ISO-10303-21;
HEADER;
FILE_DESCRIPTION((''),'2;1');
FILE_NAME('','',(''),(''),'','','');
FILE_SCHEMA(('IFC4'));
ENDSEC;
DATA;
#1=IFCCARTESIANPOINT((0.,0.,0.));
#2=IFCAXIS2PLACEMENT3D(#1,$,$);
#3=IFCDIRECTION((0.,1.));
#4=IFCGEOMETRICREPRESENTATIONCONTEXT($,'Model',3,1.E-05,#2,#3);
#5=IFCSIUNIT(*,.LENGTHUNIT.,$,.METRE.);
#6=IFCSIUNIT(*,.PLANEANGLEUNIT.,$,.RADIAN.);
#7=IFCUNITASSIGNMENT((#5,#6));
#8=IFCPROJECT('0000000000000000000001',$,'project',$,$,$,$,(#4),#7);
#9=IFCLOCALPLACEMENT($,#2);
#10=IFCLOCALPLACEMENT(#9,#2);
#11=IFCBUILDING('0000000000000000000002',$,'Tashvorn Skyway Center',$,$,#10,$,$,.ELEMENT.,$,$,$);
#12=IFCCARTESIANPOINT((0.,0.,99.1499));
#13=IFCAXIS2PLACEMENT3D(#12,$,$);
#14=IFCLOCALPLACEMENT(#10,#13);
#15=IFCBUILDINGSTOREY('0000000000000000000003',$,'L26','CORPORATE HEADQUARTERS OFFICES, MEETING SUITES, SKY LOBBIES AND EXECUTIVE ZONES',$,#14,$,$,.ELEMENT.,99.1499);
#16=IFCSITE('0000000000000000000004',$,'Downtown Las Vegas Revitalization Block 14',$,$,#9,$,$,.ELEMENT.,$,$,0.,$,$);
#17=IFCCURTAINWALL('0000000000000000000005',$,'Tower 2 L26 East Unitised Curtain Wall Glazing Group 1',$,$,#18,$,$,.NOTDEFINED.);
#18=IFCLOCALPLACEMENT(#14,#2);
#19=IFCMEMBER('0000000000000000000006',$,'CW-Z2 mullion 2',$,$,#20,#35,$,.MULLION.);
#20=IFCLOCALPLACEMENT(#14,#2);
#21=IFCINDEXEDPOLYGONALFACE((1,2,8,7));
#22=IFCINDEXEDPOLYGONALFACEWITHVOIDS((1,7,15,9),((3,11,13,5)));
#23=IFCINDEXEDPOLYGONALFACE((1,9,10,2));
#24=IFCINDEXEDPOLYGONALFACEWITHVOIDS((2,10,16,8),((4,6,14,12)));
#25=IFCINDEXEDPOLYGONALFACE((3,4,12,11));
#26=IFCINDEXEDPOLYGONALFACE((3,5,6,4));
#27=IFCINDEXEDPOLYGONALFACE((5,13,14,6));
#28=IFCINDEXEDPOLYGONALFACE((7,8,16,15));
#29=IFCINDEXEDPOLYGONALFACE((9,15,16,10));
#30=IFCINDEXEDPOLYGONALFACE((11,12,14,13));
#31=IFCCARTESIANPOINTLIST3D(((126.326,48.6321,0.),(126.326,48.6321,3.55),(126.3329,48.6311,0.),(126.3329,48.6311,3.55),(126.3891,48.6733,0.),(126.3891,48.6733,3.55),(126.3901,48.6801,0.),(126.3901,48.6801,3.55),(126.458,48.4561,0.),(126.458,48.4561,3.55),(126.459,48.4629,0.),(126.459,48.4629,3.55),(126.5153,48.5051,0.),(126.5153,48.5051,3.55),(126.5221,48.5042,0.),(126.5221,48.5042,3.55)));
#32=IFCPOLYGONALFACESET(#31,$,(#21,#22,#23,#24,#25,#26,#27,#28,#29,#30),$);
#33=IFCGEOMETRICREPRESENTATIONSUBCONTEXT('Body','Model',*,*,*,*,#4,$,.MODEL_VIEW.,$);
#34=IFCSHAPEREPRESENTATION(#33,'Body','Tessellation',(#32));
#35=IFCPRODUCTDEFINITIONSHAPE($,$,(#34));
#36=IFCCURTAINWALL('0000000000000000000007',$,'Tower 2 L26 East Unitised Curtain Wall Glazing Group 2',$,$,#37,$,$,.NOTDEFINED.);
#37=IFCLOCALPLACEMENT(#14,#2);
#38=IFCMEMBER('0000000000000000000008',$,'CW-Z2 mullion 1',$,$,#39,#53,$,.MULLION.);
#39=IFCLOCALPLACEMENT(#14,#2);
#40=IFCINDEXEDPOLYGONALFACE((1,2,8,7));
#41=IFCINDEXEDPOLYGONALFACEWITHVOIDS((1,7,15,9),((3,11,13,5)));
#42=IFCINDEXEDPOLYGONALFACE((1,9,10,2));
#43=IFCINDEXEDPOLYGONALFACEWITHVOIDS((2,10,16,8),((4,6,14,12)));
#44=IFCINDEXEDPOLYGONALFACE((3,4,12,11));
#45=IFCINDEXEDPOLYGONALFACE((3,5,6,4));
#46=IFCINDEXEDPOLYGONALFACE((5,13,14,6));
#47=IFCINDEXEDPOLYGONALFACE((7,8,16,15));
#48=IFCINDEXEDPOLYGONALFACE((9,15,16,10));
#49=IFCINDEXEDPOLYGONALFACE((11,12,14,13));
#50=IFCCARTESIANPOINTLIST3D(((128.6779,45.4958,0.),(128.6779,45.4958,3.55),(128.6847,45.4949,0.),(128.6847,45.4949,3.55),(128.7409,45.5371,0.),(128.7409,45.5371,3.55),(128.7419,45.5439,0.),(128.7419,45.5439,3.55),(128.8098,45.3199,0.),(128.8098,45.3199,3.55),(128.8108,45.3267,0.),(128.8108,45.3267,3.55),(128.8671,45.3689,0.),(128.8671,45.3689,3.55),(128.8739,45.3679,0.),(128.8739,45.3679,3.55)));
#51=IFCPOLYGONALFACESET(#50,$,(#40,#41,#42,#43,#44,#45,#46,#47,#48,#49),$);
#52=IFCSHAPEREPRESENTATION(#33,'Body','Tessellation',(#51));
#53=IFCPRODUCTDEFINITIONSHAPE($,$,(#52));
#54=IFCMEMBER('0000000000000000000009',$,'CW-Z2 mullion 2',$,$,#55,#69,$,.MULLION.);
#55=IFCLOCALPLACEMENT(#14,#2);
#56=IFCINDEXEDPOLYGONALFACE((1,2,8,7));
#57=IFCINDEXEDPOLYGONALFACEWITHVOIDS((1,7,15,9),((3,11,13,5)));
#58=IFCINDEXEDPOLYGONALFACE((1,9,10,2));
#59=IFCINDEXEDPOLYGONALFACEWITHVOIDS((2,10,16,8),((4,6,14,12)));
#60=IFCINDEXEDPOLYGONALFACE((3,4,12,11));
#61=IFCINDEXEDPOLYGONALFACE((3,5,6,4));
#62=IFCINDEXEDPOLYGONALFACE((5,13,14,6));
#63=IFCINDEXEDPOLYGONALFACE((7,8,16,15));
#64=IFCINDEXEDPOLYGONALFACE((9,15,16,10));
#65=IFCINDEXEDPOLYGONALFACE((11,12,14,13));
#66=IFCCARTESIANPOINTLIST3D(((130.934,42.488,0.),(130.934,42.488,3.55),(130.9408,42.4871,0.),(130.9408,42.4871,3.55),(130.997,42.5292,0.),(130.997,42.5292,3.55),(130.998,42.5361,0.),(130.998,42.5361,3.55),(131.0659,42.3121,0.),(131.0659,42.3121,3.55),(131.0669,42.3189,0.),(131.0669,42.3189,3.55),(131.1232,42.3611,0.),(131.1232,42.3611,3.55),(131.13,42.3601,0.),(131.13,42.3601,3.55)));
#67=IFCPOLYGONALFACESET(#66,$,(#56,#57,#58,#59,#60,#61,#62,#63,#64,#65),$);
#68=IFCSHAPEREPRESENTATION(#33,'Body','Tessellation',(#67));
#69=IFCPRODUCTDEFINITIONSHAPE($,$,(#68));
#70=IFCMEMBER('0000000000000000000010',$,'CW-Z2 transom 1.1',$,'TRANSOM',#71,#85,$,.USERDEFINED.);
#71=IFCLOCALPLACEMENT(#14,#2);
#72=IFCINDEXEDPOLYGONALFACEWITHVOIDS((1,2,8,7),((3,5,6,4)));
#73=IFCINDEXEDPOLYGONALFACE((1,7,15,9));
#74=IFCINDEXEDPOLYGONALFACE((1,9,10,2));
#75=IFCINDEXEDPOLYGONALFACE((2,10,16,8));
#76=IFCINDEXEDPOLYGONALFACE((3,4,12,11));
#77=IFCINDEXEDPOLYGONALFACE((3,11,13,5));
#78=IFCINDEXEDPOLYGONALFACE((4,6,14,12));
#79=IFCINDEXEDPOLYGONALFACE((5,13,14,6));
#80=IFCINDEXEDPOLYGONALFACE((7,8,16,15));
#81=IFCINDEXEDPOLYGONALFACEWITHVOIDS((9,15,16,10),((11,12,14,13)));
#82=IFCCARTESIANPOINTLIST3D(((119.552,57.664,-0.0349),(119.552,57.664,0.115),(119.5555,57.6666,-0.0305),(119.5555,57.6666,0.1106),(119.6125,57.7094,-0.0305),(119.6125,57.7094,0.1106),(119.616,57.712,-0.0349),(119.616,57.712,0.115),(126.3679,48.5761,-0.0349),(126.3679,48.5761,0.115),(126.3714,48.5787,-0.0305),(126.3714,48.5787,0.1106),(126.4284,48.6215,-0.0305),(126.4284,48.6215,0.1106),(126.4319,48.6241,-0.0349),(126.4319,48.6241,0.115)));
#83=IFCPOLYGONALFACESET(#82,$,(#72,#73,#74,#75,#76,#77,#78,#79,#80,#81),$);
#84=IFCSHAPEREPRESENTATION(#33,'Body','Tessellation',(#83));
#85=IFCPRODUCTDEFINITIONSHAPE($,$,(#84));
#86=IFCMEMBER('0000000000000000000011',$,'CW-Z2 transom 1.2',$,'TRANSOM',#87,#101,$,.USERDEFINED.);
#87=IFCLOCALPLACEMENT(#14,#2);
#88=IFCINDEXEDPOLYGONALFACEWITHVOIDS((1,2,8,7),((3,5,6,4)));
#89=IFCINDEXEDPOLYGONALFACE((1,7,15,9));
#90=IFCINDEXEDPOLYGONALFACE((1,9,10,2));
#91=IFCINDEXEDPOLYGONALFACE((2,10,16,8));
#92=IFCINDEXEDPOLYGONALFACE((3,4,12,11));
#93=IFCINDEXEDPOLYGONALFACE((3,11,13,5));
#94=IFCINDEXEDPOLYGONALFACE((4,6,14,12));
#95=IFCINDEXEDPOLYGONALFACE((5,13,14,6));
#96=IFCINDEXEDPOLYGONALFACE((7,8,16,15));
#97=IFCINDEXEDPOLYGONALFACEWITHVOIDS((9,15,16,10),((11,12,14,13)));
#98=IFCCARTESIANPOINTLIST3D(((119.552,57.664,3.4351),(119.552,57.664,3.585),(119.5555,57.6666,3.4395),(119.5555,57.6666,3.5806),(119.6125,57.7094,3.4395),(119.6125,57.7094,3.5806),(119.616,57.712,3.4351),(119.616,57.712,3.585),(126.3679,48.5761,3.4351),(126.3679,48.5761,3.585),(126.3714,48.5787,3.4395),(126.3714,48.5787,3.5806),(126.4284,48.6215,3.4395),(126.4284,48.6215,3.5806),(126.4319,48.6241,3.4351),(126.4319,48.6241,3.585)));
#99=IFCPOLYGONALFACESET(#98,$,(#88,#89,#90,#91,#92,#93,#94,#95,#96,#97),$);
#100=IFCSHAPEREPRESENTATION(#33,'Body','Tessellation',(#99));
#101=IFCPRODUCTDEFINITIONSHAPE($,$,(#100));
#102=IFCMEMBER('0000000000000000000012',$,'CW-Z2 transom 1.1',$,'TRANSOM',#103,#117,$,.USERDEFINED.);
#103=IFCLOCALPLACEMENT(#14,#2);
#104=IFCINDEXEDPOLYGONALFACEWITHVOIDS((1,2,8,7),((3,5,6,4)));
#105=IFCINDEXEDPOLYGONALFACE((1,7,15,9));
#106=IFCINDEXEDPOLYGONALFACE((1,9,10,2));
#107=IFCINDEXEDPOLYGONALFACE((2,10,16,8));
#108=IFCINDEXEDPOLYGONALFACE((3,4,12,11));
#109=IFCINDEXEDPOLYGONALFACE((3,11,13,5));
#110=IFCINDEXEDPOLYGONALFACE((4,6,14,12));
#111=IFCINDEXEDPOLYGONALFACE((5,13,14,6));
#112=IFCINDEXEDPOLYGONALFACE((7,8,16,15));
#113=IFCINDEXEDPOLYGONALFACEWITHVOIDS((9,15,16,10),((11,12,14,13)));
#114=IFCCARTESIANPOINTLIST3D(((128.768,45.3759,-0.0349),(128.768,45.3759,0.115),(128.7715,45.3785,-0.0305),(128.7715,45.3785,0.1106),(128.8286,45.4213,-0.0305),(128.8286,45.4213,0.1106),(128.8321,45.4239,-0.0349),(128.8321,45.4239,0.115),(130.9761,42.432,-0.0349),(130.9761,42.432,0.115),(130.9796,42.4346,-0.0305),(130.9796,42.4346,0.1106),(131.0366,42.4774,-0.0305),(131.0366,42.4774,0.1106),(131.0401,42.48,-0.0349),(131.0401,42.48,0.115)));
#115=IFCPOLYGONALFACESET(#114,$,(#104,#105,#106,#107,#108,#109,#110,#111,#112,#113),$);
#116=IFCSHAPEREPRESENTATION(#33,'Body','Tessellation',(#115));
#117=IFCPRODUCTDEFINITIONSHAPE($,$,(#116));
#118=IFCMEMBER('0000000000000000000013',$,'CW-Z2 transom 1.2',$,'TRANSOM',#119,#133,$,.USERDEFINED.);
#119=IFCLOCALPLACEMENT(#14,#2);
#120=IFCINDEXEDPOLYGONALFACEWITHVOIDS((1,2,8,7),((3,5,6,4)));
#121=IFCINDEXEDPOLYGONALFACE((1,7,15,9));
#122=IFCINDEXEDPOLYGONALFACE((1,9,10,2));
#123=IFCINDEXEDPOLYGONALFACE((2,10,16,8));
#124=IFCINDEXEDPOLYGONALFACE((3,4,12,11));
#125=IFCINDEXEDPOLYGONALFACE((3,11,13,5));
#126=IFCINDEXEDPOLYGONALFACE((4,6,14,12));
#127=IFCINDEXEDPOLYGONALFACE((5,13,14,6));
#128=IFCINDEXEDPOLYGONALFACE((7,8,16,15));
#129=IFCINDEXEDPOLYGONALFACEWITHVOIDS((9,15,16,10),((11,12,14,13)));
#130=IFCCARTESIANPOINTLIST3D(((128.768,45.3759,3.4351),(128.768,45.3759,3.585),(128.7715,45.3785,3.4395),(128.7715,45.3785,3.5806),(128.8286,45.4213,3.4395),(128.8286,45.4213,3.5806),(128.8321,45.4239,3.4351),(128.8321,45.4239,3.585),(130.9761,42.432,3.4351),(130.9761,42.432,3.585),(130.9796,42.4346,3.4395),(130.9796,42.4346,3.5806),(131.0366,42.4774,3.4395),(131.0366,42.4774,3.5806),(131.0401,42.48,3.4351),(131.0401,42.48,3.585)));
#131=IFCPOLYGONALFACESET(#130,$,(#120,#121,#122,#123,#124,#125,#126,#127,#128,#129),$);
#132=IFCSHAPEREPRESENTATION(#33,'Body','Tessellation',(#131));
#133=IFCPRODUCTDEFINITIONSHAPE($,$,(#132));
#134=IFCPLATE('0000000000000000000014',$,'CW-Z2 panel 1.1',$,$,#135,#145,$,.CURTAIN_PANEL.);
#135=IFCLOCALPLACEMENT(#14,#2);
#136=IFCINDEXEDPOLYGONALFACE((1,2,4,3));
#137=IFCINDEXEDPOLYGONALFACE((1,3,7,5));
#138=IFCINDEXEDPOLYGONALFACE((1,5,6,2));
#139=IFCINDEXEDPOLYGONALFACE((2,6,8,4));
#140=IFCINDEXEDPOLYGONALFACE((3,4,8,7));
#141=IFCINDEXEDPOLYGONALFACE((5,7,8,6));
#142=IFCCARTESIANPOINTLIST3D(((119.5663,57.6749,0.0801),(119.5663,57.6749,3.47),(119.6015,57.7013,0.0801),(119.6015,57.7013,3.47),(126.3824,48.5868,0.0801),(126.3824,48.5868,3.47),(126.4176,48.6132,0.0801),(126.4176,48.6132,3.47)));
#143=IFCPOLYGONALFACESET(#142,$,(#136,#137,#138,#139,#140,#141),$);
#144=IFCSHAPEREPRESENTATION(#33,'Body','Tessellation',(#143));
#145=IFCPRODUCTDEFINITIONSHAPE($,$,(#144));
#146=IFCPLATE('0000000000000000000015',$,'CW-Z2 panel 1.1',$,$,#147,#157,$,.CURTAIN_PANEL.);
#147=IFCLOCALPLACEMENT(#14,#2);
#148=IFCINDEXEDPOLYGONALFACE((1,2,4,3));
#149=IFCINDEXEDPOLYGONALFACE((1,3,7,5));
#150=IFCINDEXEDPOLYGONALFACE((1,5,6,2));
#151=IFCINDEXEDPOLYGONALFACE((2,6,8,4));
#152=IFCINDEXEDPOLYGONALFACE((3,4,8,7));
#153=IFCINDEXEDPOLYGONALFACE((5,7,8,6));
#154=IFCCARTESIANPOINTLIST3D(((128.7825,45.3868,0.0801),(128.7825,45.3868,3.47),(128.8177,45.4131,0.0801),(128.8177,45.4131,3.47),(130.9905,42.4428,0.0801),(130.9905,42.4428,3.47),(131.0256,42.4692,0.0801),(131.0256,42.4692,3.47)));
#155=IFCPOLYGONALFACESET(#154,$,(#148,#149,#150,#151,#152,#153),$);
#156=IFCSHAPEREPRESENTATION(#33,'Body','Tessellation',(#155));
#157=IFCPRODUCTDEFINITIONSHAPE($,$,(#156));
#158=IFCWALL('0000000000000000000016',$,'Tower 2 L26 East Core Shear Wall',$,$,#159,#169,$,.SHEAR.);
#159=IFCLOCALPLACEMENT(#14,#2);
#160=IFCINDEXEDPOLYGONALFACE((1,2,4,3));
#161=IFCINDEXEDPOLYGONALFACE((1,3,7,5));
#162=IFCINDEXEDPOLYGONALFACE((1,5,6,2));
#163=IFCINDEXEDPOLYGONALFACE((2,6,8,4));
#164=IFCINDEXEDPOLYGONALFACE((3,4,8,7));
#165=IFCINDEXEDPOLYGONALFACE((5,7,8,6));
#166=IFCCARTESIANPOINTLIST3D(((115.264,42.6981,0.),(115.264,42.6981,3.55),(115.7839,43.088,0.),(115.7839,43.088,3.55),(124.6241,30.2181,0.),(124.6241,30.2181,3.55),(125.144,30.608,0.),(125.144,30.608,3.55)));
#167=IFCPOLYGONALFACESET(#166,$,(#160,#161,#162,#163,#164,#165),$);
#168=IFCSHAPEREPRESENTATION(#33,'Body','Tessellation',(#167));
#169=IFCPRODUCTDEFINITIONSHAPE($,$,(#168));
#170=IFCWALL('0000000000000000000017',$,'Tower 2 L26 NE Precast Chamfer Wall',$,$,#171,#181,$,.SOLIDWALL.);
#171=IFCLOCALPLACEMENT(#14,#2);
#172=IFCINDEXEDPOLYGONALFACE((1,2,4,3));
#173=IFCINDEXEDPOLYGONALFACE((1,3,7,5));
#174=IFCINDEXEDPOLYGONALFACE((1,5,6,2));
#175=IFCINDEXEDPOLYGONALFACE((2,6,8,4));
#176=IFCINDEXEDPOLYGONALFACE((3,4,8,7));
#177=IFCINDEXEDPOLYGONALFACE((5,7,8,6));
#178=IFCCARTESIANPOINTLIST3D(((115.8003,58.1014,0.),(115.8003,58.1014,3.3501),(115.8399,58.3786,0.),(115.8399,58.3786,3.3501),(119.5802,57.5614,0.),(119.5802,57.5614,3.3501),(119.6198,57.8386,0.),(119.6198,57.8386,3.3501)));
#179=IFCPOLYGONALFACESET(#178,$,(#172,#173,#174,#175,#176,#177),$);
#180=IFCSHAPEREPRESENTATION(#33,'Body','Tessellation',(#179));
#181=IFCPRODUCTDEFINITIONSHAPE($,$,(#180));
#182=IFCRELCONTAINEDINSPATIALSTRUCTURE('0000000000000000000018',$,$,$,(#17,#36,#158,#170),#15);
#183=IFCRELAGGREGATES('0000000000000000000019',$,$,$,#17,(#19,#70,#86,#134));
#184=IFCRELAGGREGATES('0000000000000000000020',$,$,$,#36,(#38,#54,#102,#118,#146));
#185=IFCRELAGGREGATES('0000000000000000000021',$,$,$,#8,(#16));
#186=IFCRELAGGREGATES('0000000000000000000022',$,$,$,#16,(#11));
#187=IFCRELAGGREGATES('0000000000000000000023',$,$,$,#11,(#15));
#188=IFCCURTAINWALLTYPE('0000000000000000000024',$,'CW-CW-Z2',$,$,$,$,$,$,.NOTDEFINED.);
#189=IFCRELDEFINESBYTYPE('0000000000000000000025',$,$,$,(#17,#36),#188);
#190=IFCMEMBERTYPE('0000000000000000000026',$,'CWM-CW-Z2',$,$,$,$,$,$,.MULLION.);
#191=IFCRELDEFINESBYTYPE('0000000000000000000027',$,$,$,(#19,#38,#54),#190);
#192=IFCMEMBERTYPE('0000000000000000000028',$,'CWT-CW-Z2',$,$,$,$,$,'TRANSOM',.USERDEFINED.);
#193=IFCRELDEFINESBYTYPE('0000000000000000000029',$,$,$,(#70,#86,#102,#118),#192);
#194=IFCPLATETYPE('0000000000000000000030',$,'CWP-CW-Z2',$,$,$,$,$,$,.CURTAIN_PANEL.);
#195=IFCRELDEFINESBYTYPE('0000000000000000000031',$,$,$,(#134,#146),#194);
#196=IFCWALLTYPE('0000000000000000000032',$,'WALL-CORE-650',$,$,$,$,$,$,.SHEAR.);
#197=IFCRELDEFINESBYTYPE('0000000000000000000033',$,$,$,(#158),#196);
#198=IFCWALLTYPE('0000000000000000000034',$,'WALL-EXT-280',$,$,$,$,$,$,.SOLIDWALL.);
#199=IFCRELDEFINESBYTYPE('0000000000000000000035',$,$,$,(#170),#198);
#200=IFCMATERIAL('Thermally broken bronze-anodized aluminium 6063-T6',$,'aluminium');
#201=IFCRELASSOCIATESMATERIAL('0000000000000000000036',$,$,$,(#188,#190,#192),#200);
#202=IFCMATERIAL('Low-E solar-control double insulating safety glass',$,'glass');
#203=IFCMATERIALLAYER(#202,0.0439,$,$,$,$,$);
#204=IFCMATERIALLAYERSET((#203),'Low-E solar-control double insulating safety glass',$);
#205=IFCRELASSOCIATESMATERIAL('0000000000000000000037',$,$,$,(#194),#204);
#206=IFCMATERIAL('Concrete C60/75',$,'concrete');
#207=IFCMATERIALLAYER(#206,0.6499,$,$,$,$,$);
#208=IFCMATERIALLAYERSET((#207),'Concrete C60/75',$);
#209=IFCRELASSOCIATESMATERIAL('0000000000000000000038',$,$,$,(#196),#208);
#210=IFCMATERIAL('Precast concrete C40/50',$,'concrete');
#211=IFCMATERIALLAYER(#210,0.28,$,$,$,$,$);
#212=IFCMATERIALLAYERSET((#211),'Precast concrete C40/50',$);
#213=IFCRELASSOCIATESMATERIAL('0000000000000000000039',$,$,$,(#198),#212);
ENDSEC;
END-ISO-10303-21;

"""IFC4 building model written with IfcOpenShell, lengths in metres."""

from ifc_helpers import new_model, si_unit, direction, frame, frame_2d, origin, origin_2d, place, context, subcontext, project, spatial, rectangle, hollow_rectangle, extrude, material, layer, layer_set, material_profile, profile_set, type_object, element, aggregate, save


model = new_model("IFC4")

# Units and contexts
model_context = context("Model", 3, precision=1e-05, world=origin(), true_north=direction((0.0, 1.0)))
body_context = subcontext(model_context, "Body", "Model", "MODEL_VIEW")
ifc_project = project(units=[si_unit("LENGTHUNIT", "METRE"), si_unit("PLANEANGLEUNIT", "RADIAN")], contexts=[model_context])

# Site, building, storey
site_placement = place(None, origin())
site = spatial("IfcSite", under=ifc_project, at=site_placement, Name="Downtown Las Vegas Revitalization Block 14", CompositionType="ELEMENT", RefElevation=0.0)
building_placement = place(site_placement, origin())
building = spatial("IfcBuilding", under=site, at=building_placement, Name="Tashvorn Skyway Center", CompositionType="ELEMENT")
storey_placement = place(building_placement, frame((0.0, 0.0, 99.1499)))
storey = spatial("IfcBuildingStorey", under=building, at=storey_placement, Name="L26", Description="CORPORATE HEADQUARTERS OFFICES, MEETING SUITES, SKY LOBBIES AND EXECUTIVE ZONES", CompositionType="ELEMENT", Elevation=99.1499)

# Shared definitions
ifc_material_1 = material(Name="Thermally broken bronze-anodized aluminium 6063-T6", Category="aluminium")
curtain_wall_type = type_object("IfcCurtainWallType", Name="CW-CW-Z2", PredefinedType="NOTDEFINED", material=ifc_material_1)
ifc_material_profile_1 = material_profile(ifc_material_1, hollow_rectangle(XDim=0.0801, YDim=0.22, WallThickness=0.0049, at=origin_2d()), Name="ALU-MULL-80x220")
ifc_profile_set_1 = profile_set([ifc_material_profile_1], Name="Thermally broken bronze-anodized aluminium 6063-T6")
member_type_1 = type_object("IfcMemberType", Name="CWM-CW-Z2", PredefinedType="MULLION", material=ifc_profile_set_1)

# Curtain walls, members
curtain_wall_1_placement = place(storey_placement, origin())
curtain_wall_1 = element("IfcCurtainWall", 1, at=curtain_wall_1_placement, inside=storey, type_object=curtain_wall_type, Name="Tower 2 L26 East Unitised Curtain Wall Glazing Group 1", PredefinedType="NOTDEFINED")
member_1_placement = place(storey_placement, frame((126.4241, 48.5681, 0.0), z_axis=(0.0, 0.0, 1.0), x_axis=(0.8, 0.6, 0.0)))
member_1 = element("IfcMember", 2, at=member_1_placement, type_object=member_type_1, Name="CW-Z2 mullion 2", PredefinedType="MULLION", context=body_context, shape_type="SweptSolid", body=[
    extrude(hollow_rectangle(XDim=0.0801, YDim=0.22, WallThickness=0.0049, at=origin_2d()), origin(), (0.0, 0.0, 1.0), 3.55),
])
curtain_wall_2_placement = place(storey_placement, origin())
curtain_wall_2 = element("IfcCurtainWall", 3, at=curtain_wall_2_placement, inside=storey, type_object=curtain_wall_type, Name="Tower 2 L26 East Unitised Curtain Wall Glazing Group 2", PredefinedType="NOTDEFINED")
member_2_placement = place(storey_placement, frame((128.7759, 45.4319, 0.0), z_axis=(0.0, 0.0, 1.0), x_axis=(0.8, 0.6, 0.0)))
member_2 = element("IfcMember", 4, at=member_2_placement, type_object=member_type_1, Name="CW-Z2 mullion 1", PredefinedType="MULLION", context=body_context, shape_type="SweptSolid", body=[
    extrude(hollow_rectangle(XDim=0.0801, YDim=0.22, WallThickness=0.0049, at=origin_2d()), origin(), (0.0, 0.0, 1.0), 3.55),
])
member_3_placement = place(storey_placement, frame((131.032, 42.4241, 0.0), z_axis=(0.0, 0.0, 1.0), x_axis=(0.8, 0.6, 0.0)))
member_3 = element("IfcMember", 5, at=member_3_placement, type_object=member_type_1, Name="CW-Z2 mullion 2", PredefinedType="MULLION", context=body_context, shape_type="SweptSolid", body=[
    extrude(hollow_rectangle(XDim=0.0801, YDim=0.22, WallThickness=0.0049, at=origin_2d()), origin(), (0.0, 0.0, 1.0), 3.55),
])

# Members
ifc_material_profile_2 = material_profile(ifc_material_1, hollow_rectangle(XDim=0.0801, YDim=0.1499, WallThickness=0.0044, at=origin_2d()), Name="ALU-TRAN-80x150")
ifc_profile_set_2 = profile_set([ifc_material_profile_2], Name="Thermally broken bronze-anodized aluminium 6063-T6")
member_type_2 = type_object("IfcMemberType", Name="CWT-CW-Z2", ElementType="TRANSOM", PredefinedType="USERDEFINED", material=ifc_profile_set_2)
member_4_placement = place(storey_placement, frame((119.584, 57.688, 0.04), z_axis=(0.6, -0.8, 0.0), x_axis=(0.8, 0.6, 0.0)))
member_4 = element("IfcMember", 6, at=member_4_placement, type_object=member_type_2, Name="CW-Z2 transom 1.1", ObjectType="TRANSOM", PredefinedType="USERDEFINED", context=body_context, shape_type="SweptSolid", body=[
    extrude(hollow_rectangle(XDim=0.0801, YDim=0.1499, WallThickness=0.0044, at=origin_2d()), origin(), (0.0, 0.0, 1.0), 11.3599),
])
member_5_placement = place(storey_placement, frame((119.584, 57.688, 3.51), z_axis=(0.6, -0.8, 0.0), x_axis=(0.8, 0.6, 0.0)))
member_5 = element("IfcMember", 7, at=member_5_placement, type_object=member_type_2, Name="CW-Z2 transom 1.2", ObjectType="TRANSOM", PredefinedType="USERDEFINED", context=body_context, shape_type="SweptSolid", body=[
    extrude(hollow_rectangle(XDim=0.0801, YDim=0.1499, WallThickness=0.0044, at=origin_2d()), origin(), (0.0, 0.0, 1.0), 11.3599),
])
member_6_placement = place(storey_placement, frame((128.8, 45.3999, 0.04), z_axis=(0.600021, -0.799984, 0.0), x_axis=(0.799984, 0.600021, 0.0)))
member_6 = element("IfcMember", 8, at=member_6_placement, type_object=member_type_2, Name="CW-Z2 transom 1.1", ObjectType="TRANSOM", PredefinedType="USERDEFINED", context=body_context, shape_type="SweptSolid", body=[
    extrude(hollow_rectangle(XDim=0.0801, YDim=0.1499, WallThickness=0.0044, at=origin_2d()), origin(), (0.0, 0.0, 1.0), 3.6799),
])
member_7_placement = place(storey_placement, frame((128.8, 45.3999, 3.51), z_axis=(0.600021, -0.799984, 0.0), x_axis=(0.799984, 0.600021, 0.0)))
member_7 = element("IfcMember", 9, at=member_7_placement, type_object=member_type_2, Name="CW-Z2 transom 1.2", ObjectType="TRANSOM", PredefinedType="USERDEFINED", context=body_context, shape_type="SweptSolid", body=[
    extrude(hollow_rectangle(XDim=0.0801, YDim=0.1499, WallThickness=0.0044, at=origin_2d()), origin(), (0.0, 0.0, 1.0), 3.6799),
])

# Plates
ifc_material_2 = material(Name="Low-E solar-control double insulating safety glass", Category="glass")
ifc_layer_1 = layer(ifc_material_2, 0.0439)
ifc_layer_set_1 = layer_set([ifc_layer_1], Name="Low-E solar-control double insulating safety glass")
plate_type = type_object("IfcPlateType", Name="CWP-CW-Z2", PredefinedType="CURTAIN_PANEL", material=ifc_layer_set_1)
plate_1_placement = place(storey_placement, frame((122.9919, 53.144, 0.0801), z_axis=(0.0, 0.0, 1.0), x_axis=(0.6, -0.8, 0.0)))
plate_1 = element("IfcPlate", 10, at=plate_1_placement, type_object=plate_type, Name="CW-Z2 panel 1.1", PredefinedType="CURTAIN_PANEL", context=body_context, shape_type="SweptSolid", body=[
    extrude(rectangle(XDim=11.3601, YDim=0.0439, at=origin_2d()), origin(), (0.0, 0.0, 1.0), 3.3899),
])
aggregate(curtain_wall_1, [member_1, member_4, member_5, plate_1])
plate_2_placement = place(storey_placement, frame((129.9041, 43.928, 0.0801), z_axis=(0.0, 0.0, 1.0), x_axis=(0.6, -0.8, 0.0)))
plate_2 = element("IfcPlate", 11, at=plate_2_placement, type_object=plate_type, Name="CW-Z2 panel 1.1", PredefinedType="CURTAIN_PANEL", context=body_context, shape_type="SweptSolid", body=[
    extrude(rectangle(XDim=3.6799, YDim=0.0439, at=origin_2d()), origin(), (0.0, 0.0, 1.0), 3.3899),
])
aggregate(curtain_wall_2, [member_2, member_3, member_6, member_7, plate_2])

# Walls
ifc_material_3 = material(Name="Concrete C60/75", Category="concrete")
ifc_layer_2 = layer(ifc_material_3, 0.6499)
ifc_layer_set_2 = layer_set([ifc_layer_2], Name="Concrete C60/75")
wall_type_1 = type_object("IfcWallType", Name="WALL-CORE-650", PredefinedType="SHEAR", material=ifc_layer_set_2)
wall_1_placement = place(storey_placement, frame((115.5239, 42.8931, 0.0), z_axis=(0.0, 0.0, 1.0), x_axis=(0.600005, -0.799996, 0.0)))
element("IfcWall", 12, at=wall_1_placement, inside=storey, type_object=wall_type_1, Name="Tower 2 L26 East Core Shear Wall", PredefinedType="SHEAR", context=body_context, shape_type="SweptSolid", body=[
    extrude(rectangle(XDim=15.6001, YDim=0.6499, at=frame_2d((7.8, 0.0))), origin(), (0.0, 0.0, 1.0), 3.55),
])
ifc_material_4 = material(Name="Precast concrete C40/50", Category="concrete")
ifc_layer_3 = layer(ifc_material_4, 0.28)
ifc_layer_set_3 = layer_set([ifc_layer_3], Name="Precast concrete C40/50")
wall_type_2 = type_object("IfcWallType", Name="WALL-EXT-280", PredefinedType="SOLIDWALL", material=ifc_layer_set_3)
wall_2_placement = place(storey_placement, frame((115.8201, 58.24, 0.0), z_axis=(0.0, 0.0, 1.0), x_axis=(0.989948, -0.14143, 0.0)))
element("IfcWall", 13, at=wall_2_placement, inside=storey, type_object=wall_type_2, Name="Tower 2 L26 NE Precast Chamfer Wall", PredefinedType="SOLIDWALL", context=body_context, shape_type="SweptSolid", body=[
    extrude(rectangle(XDim=3.8184, YDim=0.28, at=frame_2d((1.9092, 0.0))), origin(), (0.0, 0.0, 1.0), 3.3501),
])

save(model, "model.ifc")
